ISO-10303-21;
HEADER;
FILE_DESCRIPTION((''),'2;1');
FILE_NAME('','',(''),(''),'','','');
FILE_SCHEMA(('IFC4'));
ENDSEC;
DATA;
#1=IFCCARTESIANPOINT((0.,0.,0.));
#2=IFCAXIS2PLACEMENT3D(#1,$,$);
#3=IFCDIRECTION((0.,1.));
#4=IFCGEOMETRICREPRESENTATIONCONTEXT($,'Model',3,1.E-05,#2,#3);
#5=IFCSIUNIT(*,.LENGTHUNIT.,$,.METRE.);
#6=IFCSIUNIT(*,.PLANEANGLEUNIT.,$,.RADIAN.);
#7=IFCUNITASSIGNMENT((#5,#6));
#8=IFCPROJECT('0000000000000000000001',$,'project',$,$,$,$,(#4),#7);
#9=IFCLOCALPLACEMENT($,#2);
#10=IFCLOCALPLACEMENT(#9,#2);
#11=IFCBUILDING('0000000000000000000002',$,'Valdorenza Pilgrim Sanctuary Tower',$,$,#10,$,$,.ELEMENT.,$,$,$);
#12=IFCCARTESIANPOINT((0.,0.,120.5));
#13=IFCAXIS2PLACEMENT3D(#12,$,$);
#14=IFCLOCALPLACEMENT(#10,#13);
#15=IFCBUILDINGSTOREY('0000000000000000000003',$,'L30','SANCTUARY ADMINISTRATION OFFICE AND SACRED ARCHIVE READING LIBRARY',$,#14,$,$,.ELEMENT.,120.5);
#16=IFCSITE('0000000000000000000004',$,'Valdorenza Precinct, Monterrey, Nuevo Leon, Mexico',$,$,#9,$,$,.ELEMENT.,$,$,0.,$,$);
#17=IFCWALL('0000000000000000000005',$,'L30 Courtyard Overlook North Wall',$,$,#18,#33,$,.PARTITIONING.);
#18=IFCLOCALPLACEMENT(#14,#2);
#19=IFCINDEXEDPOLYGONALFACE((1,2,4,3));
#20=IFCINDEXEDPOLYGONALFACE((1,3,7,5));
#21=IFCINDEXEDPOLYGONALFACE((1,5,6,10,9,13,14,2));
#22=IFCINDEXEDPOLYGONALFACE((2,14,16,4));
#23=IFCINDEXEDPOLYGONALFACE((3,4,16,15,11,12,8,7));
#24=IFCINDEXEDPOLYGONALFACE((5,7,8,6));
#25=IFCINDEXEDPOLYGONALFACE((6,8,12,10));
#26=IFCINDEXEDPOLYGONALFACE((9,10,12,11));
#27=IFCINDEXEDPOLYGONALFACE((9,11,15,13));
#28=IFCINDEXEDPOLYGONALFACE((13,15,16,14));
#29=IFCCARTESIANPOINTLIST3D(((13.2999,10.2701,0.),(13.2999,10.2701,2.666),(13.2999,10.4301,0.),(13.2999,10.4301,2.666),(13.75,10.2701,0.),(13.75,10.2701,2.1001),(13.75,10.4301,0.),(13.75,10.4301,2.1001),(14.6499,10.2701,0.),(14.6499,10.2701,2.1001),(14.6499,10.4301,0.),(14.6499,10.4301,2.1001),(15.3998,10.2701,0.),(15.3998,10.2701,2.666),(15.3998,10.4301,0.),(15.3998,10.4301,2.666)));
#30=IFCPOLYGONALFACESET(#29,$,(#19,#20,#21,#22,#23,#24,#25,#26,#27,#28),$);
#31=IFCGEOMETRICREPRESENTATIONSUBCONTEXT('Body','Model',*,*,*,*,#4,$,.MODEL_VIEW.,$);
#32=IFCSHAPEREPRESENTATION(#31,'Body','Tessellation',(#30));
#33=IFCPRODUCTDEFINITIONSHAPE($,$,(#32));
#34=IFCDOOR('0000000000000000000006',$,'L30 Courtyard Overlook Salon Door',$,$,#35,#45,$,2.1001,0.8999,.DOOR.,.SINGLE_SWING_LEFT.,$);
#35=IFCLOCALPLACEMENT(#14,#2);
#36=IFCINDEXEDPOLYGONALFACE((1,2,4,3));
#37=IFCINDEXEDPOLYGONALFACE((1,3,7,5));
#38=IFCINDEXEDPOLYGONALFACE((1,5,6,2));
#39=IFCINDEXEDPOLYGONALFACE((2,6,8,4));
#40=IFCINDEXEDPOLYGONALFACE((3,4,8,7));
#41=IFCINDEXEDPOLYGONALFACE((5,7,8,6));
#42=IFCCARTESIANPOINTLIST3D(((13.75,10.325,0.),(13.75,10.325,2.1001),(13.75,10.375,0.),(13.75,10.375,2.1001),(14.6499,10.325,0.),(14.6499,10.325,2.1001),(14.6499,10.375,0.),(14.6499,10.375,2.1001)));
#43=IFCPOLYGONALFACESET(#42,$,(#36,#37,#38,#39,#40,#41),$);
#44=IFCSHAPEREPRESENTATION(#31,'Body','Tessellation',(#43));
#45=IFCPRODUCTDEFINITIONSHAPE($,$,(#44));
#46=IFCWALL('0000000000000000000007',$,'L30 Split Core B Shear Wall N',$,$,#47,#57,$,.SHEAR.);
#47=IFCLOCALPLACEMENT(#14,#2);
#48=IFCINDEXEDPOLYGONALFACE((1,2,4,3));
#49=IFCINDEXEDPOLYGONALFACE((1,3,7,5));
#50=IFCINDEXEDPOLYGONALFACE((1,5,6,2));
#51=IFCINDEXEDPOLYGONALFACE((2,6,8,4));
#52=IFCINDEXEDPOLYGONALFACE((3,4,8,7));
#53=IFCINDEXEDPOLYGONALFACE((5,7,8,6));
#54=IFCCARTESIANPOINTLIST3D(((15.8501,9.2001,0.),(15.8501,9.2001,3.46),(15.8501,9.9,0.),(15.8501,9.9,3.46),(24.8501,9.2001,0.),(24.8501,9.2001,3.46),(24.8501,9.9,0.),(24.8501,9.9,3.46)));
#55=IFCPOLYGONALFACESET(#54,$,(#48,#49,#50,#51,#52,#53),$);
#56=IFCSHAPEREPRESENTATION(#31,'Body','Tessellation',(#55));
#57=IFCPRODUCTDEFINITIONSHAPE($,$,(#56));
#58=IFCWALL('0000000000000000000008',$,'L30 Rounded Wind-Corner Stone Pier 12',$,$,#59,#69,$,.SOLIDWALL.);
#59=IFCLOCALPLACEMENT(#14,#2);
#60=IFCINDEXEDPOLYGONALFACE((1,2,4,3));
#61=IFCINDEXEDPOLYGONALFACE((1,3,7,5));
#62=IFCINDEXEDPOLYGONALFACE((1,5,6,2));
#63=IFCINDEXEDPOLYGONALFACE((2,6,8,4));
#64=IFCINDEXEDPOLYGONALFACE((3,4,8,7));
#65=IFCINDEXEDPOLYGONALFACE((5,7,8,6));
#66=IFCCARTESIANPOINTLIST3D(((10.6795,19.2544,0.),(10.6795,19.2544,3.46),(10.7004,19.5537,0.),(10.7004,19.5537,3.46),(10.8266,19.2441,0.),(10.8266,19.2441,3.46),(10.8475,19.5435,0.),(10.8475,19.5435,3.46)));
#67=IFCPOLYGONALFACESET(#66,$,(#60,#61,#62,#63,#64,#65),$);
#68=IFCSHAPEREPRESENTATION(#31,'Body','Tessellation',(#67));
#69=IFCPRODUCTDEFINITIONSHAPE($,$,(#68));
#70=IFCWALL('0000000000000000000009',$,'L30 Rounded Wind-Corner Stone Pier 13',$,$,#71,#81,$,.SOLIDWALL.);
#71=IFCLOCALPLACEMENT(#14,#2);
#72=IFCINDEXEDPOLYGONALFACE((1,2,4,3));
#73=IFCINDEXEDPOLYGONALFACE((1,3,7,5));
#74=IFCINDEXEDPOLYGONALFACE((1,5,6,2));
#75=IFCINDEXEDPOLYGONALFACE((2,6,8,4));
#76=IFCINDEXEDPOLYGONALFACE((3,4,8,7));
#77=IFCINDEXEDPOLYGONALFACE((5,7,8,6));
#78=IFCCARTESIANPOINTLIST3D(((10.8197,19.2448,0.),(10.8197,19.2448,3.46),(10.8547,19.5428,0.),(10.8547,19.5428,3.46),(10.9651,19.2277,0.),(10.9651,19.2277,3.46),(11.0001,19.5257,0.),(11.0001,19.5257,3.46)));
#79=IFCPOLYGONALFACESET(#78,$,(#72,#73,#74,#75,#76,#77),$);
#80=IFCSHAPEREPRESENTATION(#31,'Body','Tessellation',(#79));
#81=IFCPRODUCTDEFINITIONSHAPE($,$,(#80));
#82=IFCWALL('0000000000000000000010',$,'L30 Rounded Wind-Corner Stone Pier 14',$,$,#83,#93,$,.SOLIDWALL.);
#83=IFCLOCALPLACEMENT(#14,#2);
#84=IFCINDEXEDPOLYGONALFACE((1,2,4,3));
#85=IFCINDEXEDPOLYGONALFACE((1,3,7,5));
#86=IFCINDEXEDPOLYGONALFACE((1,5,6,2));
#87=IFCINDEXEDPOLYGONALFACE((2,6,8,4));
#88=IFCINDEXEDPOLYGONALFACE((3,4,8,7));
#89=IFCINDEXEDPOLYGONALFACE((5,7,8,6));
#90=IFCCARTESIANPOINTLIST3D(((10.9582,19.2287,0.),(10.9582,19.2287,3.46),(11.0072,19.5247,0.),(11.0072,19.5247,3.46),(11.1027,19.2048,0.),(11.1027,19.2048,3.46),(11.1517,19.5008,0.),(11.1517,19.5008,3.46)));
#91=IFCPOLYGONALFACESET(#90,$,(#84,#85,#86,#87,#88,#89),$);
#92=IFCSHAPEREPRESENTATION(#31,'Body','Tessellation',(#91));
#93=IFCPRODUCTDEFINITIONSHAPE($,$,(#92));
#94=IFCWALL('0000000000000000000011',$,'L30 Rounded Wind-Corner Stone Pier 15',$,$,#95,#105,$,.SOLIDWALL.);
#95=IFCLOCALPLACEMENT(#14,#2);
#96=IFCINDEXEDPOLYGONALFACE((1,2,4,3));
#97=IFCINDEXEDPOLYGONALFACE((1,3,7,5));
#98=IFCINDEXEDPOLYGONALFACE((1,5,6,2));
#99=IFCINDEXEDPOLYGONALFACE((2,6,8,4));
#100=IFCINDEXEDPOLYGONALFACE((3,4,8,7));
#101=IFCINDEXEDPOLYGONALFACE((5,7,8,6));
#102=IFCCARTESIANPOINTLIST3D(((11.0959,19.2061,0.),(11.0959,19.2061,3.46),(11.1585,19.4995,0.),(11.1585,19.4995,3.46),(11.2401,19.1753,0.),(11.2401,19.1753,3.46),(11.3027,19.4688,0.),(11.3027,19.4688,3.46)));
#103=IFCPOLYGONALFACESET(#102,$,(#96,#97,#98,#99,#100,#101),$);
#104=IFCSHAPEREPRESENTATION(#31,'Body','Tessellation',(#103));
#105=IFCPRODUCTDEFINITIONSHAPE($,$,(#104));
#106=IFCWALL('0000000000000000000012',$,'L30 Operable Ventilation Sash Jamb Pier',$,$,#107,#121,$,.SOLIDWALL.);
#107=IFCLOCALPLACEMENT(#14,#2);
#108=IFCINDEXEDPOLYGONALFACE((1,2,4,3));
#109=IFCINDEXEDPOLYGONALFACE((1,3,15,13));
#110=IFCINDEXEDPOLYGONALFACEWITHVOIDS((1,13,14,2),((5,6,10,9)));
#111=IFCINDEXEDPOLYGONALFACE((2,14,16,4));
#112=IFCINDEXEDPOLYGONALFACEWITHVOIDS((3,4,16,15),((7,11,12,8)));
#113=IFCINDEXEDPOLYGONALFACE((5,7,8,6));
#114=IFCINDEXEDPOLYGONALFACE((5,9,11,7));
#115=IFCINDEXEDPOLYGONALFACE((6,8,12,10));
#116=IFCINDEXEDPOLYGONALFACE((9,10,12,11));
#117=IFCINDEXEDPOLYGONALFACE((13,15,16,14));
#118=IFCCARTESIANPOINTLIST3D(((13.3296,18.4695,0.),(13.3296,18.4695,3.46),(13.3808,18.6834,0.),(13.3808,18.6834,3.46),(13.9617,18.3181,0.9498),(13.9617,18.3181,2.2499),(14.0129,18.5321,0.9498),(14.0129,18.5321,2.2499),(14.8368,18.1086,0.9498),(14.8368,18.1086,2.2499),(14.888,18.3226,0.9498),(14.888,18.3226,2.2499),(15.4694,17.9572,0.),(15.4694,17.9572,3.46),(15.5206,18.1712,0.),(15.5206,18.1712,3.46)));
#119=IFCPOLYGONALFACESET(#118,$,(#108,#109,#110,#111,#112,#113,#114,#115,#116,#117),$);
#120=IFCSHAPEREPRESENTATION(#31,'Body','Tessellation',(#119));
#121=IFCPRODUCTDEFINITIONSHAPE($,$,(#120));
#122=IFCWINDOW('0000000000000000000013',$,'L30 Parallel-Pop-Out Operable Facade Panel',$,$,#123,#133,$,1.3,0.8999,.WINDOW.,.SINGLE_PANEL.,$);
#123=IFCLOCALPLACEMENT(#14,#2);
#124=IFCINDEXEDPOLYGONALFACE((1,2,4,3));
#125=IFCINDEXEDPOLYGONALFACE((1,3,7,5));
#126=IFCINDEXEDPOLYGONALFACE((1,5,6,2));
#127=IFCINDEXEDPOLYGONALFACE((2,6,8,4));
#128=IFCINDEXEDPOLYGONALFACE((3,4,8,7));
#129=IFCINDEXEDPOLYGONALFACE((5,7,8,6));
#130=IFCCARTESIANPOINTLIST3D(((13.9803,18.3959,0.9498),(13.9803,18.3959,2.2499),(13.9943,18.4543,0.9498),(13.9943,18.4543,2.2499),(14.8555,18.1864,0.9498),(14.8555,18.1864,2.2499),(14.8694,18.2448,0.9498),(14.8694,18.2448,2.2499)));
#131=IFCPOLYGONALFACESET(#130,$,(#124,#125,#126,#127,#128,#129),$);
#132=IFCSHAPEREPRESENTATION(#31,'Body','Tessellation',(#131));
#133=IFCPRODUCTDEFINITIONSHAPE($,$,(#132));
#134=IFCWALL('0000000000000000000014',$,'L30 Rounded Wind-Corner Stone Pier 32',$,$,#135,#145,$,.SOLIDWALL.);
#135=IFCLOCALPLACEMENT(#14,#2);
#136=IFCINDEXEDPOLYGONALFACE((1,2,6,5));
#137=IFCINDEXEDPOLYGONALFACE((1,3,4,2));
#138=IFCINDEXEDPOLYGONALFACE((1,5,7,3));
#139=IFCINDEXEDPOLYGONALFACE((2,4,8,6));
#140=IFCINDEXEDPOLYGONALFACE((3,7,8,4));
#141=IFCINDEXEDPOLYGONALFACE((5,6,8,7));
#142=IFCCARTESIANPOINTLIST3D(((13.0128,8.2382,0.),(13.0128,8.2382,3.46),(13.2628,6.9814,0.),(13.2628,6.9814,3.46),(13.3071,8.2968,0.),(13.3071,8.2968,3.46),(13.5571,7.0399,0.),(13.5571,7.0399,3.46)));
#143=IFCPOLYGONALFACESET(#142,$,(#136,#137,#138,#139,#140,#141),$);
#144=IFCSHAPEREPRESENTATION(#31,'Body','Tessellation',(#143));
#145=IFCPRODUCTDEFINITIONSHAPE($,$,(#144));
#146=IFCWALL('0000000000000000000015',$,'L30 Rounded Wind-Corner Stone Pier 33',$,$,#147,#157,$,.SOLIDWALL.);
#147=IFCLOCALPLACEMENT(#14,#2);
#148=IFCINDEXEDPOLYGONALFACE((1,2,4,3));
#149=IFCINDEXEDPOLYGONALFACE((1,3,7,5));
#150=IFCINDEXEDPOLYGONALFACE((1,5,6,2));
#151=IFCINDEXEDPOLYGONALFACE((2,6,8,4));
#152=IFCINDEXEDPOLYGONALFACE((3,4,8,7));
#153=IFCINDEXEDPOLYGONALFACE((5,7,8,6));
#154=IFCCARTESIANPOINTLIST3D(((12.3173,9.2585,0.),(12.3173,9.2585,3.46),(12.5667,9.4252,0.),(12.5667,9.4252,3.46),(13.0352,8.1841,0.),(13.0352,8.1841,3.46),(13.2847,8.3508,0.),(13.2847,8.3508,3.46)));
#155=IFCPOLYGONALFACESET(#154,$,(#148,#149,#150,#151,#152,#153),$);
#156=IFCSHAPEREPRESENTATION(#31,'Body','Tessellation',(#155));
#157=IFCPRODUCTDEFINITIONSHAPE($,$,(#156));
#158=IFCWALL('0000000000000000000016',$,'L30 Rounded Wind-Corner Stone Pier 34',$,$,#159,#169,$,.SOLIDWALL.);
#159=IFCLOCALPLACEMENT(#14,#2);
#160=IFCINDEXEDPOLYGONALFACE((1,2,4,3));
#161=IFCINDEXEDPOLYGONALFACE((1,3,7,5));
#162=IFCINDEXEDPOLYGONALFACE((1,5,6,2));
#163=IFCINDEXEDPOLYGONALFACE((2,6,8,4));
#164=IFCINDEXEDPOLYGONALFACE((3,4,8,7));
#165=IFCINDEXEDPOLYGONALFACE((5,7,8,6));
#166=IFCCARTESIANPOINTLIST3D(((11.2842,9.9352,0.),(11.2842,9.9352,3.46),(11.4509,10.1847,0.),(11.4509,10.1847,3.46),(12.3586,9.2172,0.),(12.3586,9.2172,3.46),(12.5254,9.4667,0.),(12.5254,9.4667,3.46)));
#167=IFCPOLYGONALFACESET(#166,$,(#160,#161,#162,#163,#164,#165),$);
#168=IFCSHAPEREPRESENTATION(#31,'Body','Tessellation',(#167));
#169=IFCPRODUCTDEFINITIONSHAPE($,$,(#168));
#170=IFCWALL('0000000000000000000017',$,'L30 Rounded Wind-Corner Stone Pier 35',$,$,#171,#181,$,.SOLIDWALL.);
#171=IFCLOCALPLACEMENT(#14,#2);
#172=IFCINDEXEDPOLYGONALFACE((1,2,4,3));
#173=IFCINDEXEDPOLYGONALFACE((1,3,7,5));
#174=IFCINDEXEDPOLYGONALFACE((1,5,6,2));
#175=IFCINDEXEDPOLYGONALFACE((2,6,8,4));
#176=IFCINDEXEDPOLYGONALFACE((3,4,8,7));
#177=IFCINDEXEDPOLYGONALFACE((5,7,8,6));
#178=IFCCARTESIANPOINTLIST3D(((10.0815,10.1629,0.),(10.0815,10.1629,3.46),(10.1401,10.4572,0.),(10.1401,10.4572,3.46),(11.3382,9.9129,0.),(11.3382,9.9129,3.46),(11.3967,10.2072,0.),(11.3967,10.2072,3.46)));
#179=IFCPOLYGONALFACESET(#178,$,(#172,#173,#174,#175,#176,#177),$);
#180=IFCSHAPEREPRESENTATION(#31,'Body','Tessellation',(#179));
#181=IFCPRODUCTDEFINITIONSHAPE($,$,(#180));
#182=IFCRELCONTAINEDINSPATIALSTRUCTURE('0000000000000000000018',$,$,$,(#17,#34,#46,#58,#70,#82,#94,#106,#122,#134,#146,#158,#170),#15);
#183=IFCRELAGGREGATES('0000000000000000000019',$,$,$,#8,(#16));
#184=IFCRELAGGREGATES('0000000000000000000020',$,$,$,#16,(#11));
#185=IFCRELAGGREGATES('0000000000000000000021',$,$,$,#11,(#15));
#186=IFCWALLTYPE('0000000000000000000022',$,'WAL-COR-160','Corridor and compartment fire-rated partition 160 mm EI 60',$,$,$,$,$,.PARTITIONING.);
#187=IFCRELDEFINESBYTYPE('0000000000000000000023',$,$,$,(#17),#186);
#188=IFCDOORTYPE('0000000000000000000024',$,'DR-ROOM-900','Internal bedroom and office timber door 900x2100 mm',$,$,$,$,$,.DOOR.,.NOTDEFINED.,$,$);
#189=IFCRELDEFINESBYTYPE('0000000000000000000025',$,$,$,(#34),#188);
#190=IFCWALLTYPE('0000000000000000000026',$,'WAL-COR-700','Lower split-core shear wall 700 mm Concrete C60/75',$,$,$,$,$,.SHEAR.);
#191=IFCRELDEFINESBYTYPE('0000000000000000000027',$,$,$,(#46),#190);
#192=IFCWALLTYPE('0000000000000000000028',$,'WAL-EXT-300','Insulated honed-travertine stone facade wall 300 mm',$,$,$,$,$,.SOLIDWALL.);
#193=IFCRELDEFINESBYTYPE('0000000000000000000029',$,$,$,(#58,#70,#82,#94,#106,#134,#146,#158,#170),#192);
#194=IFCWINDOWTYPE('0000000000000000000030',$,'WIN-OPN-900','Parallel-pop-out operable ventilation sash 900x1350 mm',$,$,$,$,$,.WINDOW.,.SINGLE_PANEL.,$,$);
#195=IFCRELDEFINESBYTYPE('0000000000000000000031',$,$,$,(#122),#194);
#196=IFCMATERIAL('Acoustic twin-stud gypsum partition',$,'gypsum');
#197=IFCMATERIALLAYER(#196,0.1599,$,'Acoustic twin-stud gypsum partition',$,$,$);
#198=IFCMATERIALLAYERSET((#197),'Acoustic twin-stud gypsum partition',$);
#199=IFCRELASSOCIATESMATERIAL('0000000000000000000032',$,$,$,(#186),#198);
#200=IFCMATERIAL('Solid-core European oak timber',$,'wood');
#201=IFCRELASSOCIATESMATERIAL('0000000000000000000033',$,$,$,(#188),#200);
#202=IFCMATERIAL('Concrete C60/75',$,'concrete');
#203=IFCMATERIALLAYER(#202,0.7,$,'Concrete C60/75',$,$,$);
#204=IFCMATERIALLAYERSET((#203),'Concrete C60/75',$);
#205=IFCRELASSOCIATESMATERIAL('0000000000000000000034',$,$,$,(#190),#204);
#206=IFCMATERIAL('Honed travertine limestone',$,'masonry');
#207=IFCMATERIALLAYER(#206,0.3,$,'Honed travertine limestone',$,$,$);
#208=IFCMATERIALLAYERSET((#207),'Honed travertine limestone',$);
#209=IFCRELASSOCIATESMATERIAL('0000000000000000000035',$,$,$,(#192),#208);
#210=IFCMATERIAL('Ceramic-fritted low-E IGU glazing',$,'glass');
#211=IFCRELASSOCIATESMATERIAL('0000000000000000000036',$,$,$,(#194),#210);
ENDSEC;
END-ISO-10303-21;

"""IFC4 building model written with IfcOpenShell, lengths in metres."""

from ifc_helpers import new_model, si_unit, direction, frame, frame_2d, origin, place, context, subcontext, project, spatial, rectangle, extrude, material, layer, layer_set, type_object, element, fill, save


model = new_model("IFC4")

# Units and contexts
model_context = context("Model", 3, precision=1e-05, world=origin(), true_north=direction((0.0, 1.0)))
body_context = subcontext(model_context, "Body", "Model", "MODEL_VIEW")
ifc_project = project(units=[si_unit("LENGTHUNIT", "METRE"), si_unit("PLANEANGLEUNIT", "RADIAN")], contexts=[model_context])

# Site, building, storey
site_placement = place(None, origin())
site = spatial("IfcSite", under=ifc_project, at=site_placement, Name="Valdorenza Precinct, Monterrey, Nuevo Leon, Mexico", CompositionType="ELEMENT", RefElevation=0.0)
building_placement = place(site_placement, origin())
building = spatial("IfcBuilding", under=site, at=building_placement, Name="Valdorenza Pilgrim Sanctuary Tower", CompositionType="ELEMENT")
storey_placement = place(building_placement, frame((0.0, 0.0, 120.5)))
storey = spatial("IfcBuildingStorey", under=building, at=storey_placement, Name="L30", Description="SANCTUARY ADMINISTRATION OFFICE AND SACRED ARCHIVE READING LIBRARY", CompositionType="ELEMENT", Elevation=120.5)

# Shared definitions
ifc_material_1 = material(Name="Concrete C60/75", Category="concrete")

# Shared definitions
ifc_material_2 = material(Name="Honed travertine limestone", Category="masonry")
ifc_material_3 = material(Name="Ceramic-fritted low-E IGU glazing", Category="glass")

# Shared definitions
ifc_material_4 = material(Name="Acoustic twin-stud gypsum partition", Category="gypsum")
ifc_layer_1 = layer(ifc_material_4, 0.1599, Name="Acoustic twin-stud gypsum partition")
ifc_layer_set_1 = layer_set([ifc_layer_1], Name="Acoustic twin-stud gypsum partition")
wall_type_1 = type_object("IfcWallType", Name="WAL-COR-160", Description="Corridor and compartment fire-rated partition 160 mm EI 60", PredefinedType="PARTITIONING", material=ifc_layer_set_1)

# Shared definitions
ifc_material_5 = material(Name="Solid-core European oak timber", Category="wood")
door_type = type_object("IfcDoorType", Name="DR-ROOM-900", Description="Internal bedroom and office timber door 900x2100 mm", OperationType="NOTDEFINED", PredefinedType="DOOR", material=ifc_material_5)

# Wall, opening, door
wall_1_placement = place(storey_placement, frame((13.3, 10.3501, 0.0), z_axis=(0.0, 0.0, 1.0), x_axis=(1.0, 0.0, 0.0)))
wall_1 = element("IfcWall", 1, at=wall_1_placement, inside=storey, type_object=wall_type_1, Name="L30 Courtyard Overlook North Wall", PredefinedType="PARTITIONING", context=body_context, shape_type="SweptSolid", body=[
    extrude(rectangle(XDim=2.0999, YDim=0.1599, at=frame_2d((1.0498, 0.0))), origin(), (0.0, 0.0, 1.0), 2.666),
])
opening_1_placement = place(wall_1_placement, frame((0.45, 0.0, 0.0)))
opening_1 = element("IfcOpeningElement", 2, at=opening_1_placement, cuts=wall_1, PredefinedType="OPENING", context=body_context, shape_type="SweptSolid", body=[
    extrude(rectangle(XDim=0.8999, YDim=2.1001, at=frame_2d((0.45, 1.05))), frame((0.0, 0.0947, 0.0), z_axis=(0.0, -1.0, 0.0), x_axis=(1.0, 0.0, 0.0)), (0.0, 0.0, 1.0), 0.1897),
])
door_1_placement = place(opening_1_placement, origin())
door_1 = element("IfcDoor", 3, at=door_1_placement, inside=storey, type_object=door_type, Name="L30 Courtyard Overlook Salon Door", OperationType="SINGLE_SWING_LEFT", OverallHeight=2.1001, OverallWidth=0.8999, PredefinedType="DOOR", context=body_context, shape_type="SweptSolid", body=[
    extrude(rectangle(XDim=0.8999, YDim=2.1001, at=frame_2d((0.45, 1.05))), frame((0.0, 0.0249, 0.0), z_axis=(0.0, -1.0, 0.0), x_axis=(1.0, 0.0, 0.0)), (0.0, 0.0, 1.0), 0.05),
])
fill(opening_1, door_1)

# Walls
ifc_layer_2 = layer(ifc_material_1, 0.7, Name="Concrete C60/75")
ifc_layer_set_2 = layer_set([ifc_layer_2], Name="Concrete C60/75")
wall_type_2 = type_object("IfcWallType", Name="WAL-COR-700", Description="Lower split-core shear wall 700 mm Concrete C60/75", PredefinedType="SHEAR", material=ifc_layer_set_2)
wall_2_placement = place(storey_placement, frame((15.8501, 9.55, 0.0), z_axis=(0.0, 0.0, 1.0), x_axis=(1.0, 0.0, 0.0)))
element("IfcWall", 4, at=wall_2_placement, inside=storey, type_object=wall_type_2, Name="L30 Split Core B Shear Wall N", PredefinedType="SHEAR", context=body_context, shape_type="SweptSolid", body=[
    extrude(rectangle(XDim=9.0, YDim=0.7, at=frame_2d((4.5, 0.0))), origin(), (0.0, 0.0, 1.0), 3.46),
])
ifc_layer_3 = layer(ifc_material_2, 0.3, Name="Honed travertine limestone")
ifc_layer_set_3 = layer_set([ifc_layer_3], Name="Honed travertine limestone")
wall_type_3 = type_object("IfcWallType", Name="WAL-EXT-300", Description="Insulated honed-travertine stone facade wall 300 mm", PredefinedType="SOLIDWALL", material=ifc_layer_set_3)
wall_3_placement = place(storey_placement, frame((10.6899, 19.4041, 0.0), z_axis=(0.0, 0.0, 1.0), x_axis=(0.997583, -0.069483, 0.0)))
element("IfcWall", 5, at=wall_3_placement, inside=storey, type_object=wall_type_3, Name="L30 Rounded Wind-Corner Stone Pier 12", PredefinedType="SOLIDWALL", context=body_context, shape_type="SweptSolid", body=[
    extrude(rectangle(XDim=0.1475, YDim=0.3, at=frame_2d((0.0737, 0.0))), origin(), (0.0, 0.0, 1.0), 3.46),
])
for number, where, z_axis, x_axis, name in (
    (6, (10.8372, 19.3938, 0.0), (0.0, 0.0, 1.0), (0.993173, -0.116648, 0.0), "L30 Rounded Wind-Corner Stone Pier 13"),
    (7, (10.9827, 19.3767, 0.0), (0.0, 0.0, 1.0), (0.986573, -0.163318, 0.0), "L30 Rounded Wind-Corner Stone Pier 14"),
):
    element("IfcWall", number, at=place(storey_placement, frame(where, z_axis=z_axis, x_axis=x_axis)), inside=storey, type_object=wall_type_3, Name=name, PredefinedType="SOLIDWALL", context=body_context, shape_type="SweptSolid", body=[
        extrude(rectangle(XDim=0.1465, YDim=0.3, at=frame_2d((0.0732, 0.0))), origin(), (0.0, 0.0, 1.0), 3.46),
    ])
wall_4_placement = place(storey_placement, frame((11.1272, 19.3528, 0.0), z_axis=(0.0, 0.0, 1.0), x_axis=(0.97802, -0.208512, 0.0)))
element("IfcWall", 8, at=wall_4_placement, inside=storey, type_object=wall_type_3, Name="L30 Rounded Wind-Corner Stone Pier 15", PredefinedType="SOLIDWALL", context=body_context, shape_type="SweptSolid", body=[
    extrude(rectangle(XDim=0.1475, YDim=0.3, at=frame_2d((0.0737, 0.0))), origin(), (0.0, 0.0, 1.0), 3.46),
])

# Wall, opening, window
wall_5_placement = place(storey_placement, frame((13.3552, 18.5764, 0.0), z_axis=(0.0, 0.0, 1.0), x_axis=(0.972522, -0.232811, 0.0)))
wall_5 = element("IfcWall", 9, at=wall_5_placement, inside=storey, type_object=wall_type_3, Name="L30 Operable Ventilation Sash Jamb Pier", PredefinedType="SOLIDWALL", context=body_context, shape_type="SweptSolid", body=[
    extrude(rectangle(XDim=2.2002, YDim=0.22, at=frame_2d((1.1001, 0.0))), origin(), (0.0, 0.0, 1.0), 3.46),
])
opening_2_placement = place(wall_5_placement, frame((0.6499, 0.0, 0.95)))
opening_2 = element("IfcOpeningElement", 10, at=opening_2_placement, cuts=wall_5, PredefinedType="OPENING", context=body_context, shape_type="SweptSolid", body=[
    extrude(rectangle(XDim=0.8999, YDim=1.3, at=frame_2d((0.45, 0.6499))), frame((0.0, 0.125, 0.0), z_axis=(0.0, -1.0, 0.0), x_axis=(1.0, 0.0, 0.0)), (0.0, 0.0, 1.0), 0.2498),
])
window_type = type_object("IfcWindowType", Name="WIN-OPN-900", Description="Parallel-pop-out operable ventilation sash 900x1350 mm", PartitioningType="SINGLE_PANEL", PredefinedType="WINDOW", material=ifc_material_3)
window_placement = place(opening_2_placement, origin())
window = element("IfcWindow", 11, at=window_placement, inside=storey, type_object=window_type, Name="L30 Parallel-Pop-Out Operable Facade Panel", OverallHeight=1.3, OverallWidth=0.8999, PartitioningType="SINGLE_PANEL", PredefinedType="WINDOW", context=body_context, shape_type="SweptSolid", body=[
    extrude(rectangle(XDim=0.8999, YDim=1.3, at=frame_2d((0.45, 0.6499))), frame((0.0, 0.03, 0.0), z_axis=(0.0, -1.0, 0.0), x_axis=(1.0, 0.0, 0.0)), (0.0, 0.0, 1.0), 0.0601),
])
fill(opening_2, window)

# Walls
wall_6_placement = place(storey_placement, frame((13.4099, 7.0107, 0.0), z_axis=(0.0, 0.0, 1.0), x_axis=(-0.19509, 0.980785, 0.0)))
element("IfcWall", 12, at=wall_6_placement, inside=storey, type_object=wall_type_3, Name="L30 Rounded Wind-Corner Stone Pier 32", PredefinedType="SOLIDWALL", context=body_context, shape_type="SweptSolid", body=[
    extrude(rectangle(XDim=1.2815, YDim=0.3, at=frame_2d((0.6406, 0.0))), origin(), (0.0, 0.0, 1.0), 3.46),
])
for number, where, z_axis, x_axis, name in (
    (13, (13.1599, 8.2676, 0.0), (0.0, 0.0, 1.0), (-0.555615, 0.831439, 0.0), "L30 Rounded Wind-Corner Stone Pier 33"),
    (14, (12.4419, 9.342, 0.0), (0.0, 0.0, 1.0), (-0.831439, 0.555615, 0.0), "L30 Rounded Wind-Corner Stone Pier 34"),
):
    element("IfcWall", number, at=place(storey_placement, frame(where, z_axis=z_axis, x_axis=x_axis)), inside=storey, type_object=wall_type_3, Name=name, PredefinedType="SOLIDWALL", context=body_context, shape_type="SweptSolid", body=[
        extrude(rectangle(XDim=1.2922, YDim=0.3, at=frame_2d((0.646, 0.0))), origin(), (0.0, 0.0, 1.0), 3.46),
    ])
wall_7_placement = place(storey_placement, frame((11.3674, 10.0601, 0.0), z_axis=(0.0, 0.0, 1.0), x_axis=(-0.980778, 0.195127, 0.0)))
element("IfcWall", 15, at=wall_7_placement, inside=storey, type_object=wall_type_3, Name="L30 Rounded Wind-Corner Stone Pier 35", PredefinedType="SOLIDWALL", context=body_context, shape_type="SweptSolid", body=[
    extrude(rectangle(XDim=1.2812, YDim=0.3, at=frame_2d((0.6406, 0.0))), origin(), (0.0, 0.0, 1.0), 3.46),
])

save(model, "model.ifc")
